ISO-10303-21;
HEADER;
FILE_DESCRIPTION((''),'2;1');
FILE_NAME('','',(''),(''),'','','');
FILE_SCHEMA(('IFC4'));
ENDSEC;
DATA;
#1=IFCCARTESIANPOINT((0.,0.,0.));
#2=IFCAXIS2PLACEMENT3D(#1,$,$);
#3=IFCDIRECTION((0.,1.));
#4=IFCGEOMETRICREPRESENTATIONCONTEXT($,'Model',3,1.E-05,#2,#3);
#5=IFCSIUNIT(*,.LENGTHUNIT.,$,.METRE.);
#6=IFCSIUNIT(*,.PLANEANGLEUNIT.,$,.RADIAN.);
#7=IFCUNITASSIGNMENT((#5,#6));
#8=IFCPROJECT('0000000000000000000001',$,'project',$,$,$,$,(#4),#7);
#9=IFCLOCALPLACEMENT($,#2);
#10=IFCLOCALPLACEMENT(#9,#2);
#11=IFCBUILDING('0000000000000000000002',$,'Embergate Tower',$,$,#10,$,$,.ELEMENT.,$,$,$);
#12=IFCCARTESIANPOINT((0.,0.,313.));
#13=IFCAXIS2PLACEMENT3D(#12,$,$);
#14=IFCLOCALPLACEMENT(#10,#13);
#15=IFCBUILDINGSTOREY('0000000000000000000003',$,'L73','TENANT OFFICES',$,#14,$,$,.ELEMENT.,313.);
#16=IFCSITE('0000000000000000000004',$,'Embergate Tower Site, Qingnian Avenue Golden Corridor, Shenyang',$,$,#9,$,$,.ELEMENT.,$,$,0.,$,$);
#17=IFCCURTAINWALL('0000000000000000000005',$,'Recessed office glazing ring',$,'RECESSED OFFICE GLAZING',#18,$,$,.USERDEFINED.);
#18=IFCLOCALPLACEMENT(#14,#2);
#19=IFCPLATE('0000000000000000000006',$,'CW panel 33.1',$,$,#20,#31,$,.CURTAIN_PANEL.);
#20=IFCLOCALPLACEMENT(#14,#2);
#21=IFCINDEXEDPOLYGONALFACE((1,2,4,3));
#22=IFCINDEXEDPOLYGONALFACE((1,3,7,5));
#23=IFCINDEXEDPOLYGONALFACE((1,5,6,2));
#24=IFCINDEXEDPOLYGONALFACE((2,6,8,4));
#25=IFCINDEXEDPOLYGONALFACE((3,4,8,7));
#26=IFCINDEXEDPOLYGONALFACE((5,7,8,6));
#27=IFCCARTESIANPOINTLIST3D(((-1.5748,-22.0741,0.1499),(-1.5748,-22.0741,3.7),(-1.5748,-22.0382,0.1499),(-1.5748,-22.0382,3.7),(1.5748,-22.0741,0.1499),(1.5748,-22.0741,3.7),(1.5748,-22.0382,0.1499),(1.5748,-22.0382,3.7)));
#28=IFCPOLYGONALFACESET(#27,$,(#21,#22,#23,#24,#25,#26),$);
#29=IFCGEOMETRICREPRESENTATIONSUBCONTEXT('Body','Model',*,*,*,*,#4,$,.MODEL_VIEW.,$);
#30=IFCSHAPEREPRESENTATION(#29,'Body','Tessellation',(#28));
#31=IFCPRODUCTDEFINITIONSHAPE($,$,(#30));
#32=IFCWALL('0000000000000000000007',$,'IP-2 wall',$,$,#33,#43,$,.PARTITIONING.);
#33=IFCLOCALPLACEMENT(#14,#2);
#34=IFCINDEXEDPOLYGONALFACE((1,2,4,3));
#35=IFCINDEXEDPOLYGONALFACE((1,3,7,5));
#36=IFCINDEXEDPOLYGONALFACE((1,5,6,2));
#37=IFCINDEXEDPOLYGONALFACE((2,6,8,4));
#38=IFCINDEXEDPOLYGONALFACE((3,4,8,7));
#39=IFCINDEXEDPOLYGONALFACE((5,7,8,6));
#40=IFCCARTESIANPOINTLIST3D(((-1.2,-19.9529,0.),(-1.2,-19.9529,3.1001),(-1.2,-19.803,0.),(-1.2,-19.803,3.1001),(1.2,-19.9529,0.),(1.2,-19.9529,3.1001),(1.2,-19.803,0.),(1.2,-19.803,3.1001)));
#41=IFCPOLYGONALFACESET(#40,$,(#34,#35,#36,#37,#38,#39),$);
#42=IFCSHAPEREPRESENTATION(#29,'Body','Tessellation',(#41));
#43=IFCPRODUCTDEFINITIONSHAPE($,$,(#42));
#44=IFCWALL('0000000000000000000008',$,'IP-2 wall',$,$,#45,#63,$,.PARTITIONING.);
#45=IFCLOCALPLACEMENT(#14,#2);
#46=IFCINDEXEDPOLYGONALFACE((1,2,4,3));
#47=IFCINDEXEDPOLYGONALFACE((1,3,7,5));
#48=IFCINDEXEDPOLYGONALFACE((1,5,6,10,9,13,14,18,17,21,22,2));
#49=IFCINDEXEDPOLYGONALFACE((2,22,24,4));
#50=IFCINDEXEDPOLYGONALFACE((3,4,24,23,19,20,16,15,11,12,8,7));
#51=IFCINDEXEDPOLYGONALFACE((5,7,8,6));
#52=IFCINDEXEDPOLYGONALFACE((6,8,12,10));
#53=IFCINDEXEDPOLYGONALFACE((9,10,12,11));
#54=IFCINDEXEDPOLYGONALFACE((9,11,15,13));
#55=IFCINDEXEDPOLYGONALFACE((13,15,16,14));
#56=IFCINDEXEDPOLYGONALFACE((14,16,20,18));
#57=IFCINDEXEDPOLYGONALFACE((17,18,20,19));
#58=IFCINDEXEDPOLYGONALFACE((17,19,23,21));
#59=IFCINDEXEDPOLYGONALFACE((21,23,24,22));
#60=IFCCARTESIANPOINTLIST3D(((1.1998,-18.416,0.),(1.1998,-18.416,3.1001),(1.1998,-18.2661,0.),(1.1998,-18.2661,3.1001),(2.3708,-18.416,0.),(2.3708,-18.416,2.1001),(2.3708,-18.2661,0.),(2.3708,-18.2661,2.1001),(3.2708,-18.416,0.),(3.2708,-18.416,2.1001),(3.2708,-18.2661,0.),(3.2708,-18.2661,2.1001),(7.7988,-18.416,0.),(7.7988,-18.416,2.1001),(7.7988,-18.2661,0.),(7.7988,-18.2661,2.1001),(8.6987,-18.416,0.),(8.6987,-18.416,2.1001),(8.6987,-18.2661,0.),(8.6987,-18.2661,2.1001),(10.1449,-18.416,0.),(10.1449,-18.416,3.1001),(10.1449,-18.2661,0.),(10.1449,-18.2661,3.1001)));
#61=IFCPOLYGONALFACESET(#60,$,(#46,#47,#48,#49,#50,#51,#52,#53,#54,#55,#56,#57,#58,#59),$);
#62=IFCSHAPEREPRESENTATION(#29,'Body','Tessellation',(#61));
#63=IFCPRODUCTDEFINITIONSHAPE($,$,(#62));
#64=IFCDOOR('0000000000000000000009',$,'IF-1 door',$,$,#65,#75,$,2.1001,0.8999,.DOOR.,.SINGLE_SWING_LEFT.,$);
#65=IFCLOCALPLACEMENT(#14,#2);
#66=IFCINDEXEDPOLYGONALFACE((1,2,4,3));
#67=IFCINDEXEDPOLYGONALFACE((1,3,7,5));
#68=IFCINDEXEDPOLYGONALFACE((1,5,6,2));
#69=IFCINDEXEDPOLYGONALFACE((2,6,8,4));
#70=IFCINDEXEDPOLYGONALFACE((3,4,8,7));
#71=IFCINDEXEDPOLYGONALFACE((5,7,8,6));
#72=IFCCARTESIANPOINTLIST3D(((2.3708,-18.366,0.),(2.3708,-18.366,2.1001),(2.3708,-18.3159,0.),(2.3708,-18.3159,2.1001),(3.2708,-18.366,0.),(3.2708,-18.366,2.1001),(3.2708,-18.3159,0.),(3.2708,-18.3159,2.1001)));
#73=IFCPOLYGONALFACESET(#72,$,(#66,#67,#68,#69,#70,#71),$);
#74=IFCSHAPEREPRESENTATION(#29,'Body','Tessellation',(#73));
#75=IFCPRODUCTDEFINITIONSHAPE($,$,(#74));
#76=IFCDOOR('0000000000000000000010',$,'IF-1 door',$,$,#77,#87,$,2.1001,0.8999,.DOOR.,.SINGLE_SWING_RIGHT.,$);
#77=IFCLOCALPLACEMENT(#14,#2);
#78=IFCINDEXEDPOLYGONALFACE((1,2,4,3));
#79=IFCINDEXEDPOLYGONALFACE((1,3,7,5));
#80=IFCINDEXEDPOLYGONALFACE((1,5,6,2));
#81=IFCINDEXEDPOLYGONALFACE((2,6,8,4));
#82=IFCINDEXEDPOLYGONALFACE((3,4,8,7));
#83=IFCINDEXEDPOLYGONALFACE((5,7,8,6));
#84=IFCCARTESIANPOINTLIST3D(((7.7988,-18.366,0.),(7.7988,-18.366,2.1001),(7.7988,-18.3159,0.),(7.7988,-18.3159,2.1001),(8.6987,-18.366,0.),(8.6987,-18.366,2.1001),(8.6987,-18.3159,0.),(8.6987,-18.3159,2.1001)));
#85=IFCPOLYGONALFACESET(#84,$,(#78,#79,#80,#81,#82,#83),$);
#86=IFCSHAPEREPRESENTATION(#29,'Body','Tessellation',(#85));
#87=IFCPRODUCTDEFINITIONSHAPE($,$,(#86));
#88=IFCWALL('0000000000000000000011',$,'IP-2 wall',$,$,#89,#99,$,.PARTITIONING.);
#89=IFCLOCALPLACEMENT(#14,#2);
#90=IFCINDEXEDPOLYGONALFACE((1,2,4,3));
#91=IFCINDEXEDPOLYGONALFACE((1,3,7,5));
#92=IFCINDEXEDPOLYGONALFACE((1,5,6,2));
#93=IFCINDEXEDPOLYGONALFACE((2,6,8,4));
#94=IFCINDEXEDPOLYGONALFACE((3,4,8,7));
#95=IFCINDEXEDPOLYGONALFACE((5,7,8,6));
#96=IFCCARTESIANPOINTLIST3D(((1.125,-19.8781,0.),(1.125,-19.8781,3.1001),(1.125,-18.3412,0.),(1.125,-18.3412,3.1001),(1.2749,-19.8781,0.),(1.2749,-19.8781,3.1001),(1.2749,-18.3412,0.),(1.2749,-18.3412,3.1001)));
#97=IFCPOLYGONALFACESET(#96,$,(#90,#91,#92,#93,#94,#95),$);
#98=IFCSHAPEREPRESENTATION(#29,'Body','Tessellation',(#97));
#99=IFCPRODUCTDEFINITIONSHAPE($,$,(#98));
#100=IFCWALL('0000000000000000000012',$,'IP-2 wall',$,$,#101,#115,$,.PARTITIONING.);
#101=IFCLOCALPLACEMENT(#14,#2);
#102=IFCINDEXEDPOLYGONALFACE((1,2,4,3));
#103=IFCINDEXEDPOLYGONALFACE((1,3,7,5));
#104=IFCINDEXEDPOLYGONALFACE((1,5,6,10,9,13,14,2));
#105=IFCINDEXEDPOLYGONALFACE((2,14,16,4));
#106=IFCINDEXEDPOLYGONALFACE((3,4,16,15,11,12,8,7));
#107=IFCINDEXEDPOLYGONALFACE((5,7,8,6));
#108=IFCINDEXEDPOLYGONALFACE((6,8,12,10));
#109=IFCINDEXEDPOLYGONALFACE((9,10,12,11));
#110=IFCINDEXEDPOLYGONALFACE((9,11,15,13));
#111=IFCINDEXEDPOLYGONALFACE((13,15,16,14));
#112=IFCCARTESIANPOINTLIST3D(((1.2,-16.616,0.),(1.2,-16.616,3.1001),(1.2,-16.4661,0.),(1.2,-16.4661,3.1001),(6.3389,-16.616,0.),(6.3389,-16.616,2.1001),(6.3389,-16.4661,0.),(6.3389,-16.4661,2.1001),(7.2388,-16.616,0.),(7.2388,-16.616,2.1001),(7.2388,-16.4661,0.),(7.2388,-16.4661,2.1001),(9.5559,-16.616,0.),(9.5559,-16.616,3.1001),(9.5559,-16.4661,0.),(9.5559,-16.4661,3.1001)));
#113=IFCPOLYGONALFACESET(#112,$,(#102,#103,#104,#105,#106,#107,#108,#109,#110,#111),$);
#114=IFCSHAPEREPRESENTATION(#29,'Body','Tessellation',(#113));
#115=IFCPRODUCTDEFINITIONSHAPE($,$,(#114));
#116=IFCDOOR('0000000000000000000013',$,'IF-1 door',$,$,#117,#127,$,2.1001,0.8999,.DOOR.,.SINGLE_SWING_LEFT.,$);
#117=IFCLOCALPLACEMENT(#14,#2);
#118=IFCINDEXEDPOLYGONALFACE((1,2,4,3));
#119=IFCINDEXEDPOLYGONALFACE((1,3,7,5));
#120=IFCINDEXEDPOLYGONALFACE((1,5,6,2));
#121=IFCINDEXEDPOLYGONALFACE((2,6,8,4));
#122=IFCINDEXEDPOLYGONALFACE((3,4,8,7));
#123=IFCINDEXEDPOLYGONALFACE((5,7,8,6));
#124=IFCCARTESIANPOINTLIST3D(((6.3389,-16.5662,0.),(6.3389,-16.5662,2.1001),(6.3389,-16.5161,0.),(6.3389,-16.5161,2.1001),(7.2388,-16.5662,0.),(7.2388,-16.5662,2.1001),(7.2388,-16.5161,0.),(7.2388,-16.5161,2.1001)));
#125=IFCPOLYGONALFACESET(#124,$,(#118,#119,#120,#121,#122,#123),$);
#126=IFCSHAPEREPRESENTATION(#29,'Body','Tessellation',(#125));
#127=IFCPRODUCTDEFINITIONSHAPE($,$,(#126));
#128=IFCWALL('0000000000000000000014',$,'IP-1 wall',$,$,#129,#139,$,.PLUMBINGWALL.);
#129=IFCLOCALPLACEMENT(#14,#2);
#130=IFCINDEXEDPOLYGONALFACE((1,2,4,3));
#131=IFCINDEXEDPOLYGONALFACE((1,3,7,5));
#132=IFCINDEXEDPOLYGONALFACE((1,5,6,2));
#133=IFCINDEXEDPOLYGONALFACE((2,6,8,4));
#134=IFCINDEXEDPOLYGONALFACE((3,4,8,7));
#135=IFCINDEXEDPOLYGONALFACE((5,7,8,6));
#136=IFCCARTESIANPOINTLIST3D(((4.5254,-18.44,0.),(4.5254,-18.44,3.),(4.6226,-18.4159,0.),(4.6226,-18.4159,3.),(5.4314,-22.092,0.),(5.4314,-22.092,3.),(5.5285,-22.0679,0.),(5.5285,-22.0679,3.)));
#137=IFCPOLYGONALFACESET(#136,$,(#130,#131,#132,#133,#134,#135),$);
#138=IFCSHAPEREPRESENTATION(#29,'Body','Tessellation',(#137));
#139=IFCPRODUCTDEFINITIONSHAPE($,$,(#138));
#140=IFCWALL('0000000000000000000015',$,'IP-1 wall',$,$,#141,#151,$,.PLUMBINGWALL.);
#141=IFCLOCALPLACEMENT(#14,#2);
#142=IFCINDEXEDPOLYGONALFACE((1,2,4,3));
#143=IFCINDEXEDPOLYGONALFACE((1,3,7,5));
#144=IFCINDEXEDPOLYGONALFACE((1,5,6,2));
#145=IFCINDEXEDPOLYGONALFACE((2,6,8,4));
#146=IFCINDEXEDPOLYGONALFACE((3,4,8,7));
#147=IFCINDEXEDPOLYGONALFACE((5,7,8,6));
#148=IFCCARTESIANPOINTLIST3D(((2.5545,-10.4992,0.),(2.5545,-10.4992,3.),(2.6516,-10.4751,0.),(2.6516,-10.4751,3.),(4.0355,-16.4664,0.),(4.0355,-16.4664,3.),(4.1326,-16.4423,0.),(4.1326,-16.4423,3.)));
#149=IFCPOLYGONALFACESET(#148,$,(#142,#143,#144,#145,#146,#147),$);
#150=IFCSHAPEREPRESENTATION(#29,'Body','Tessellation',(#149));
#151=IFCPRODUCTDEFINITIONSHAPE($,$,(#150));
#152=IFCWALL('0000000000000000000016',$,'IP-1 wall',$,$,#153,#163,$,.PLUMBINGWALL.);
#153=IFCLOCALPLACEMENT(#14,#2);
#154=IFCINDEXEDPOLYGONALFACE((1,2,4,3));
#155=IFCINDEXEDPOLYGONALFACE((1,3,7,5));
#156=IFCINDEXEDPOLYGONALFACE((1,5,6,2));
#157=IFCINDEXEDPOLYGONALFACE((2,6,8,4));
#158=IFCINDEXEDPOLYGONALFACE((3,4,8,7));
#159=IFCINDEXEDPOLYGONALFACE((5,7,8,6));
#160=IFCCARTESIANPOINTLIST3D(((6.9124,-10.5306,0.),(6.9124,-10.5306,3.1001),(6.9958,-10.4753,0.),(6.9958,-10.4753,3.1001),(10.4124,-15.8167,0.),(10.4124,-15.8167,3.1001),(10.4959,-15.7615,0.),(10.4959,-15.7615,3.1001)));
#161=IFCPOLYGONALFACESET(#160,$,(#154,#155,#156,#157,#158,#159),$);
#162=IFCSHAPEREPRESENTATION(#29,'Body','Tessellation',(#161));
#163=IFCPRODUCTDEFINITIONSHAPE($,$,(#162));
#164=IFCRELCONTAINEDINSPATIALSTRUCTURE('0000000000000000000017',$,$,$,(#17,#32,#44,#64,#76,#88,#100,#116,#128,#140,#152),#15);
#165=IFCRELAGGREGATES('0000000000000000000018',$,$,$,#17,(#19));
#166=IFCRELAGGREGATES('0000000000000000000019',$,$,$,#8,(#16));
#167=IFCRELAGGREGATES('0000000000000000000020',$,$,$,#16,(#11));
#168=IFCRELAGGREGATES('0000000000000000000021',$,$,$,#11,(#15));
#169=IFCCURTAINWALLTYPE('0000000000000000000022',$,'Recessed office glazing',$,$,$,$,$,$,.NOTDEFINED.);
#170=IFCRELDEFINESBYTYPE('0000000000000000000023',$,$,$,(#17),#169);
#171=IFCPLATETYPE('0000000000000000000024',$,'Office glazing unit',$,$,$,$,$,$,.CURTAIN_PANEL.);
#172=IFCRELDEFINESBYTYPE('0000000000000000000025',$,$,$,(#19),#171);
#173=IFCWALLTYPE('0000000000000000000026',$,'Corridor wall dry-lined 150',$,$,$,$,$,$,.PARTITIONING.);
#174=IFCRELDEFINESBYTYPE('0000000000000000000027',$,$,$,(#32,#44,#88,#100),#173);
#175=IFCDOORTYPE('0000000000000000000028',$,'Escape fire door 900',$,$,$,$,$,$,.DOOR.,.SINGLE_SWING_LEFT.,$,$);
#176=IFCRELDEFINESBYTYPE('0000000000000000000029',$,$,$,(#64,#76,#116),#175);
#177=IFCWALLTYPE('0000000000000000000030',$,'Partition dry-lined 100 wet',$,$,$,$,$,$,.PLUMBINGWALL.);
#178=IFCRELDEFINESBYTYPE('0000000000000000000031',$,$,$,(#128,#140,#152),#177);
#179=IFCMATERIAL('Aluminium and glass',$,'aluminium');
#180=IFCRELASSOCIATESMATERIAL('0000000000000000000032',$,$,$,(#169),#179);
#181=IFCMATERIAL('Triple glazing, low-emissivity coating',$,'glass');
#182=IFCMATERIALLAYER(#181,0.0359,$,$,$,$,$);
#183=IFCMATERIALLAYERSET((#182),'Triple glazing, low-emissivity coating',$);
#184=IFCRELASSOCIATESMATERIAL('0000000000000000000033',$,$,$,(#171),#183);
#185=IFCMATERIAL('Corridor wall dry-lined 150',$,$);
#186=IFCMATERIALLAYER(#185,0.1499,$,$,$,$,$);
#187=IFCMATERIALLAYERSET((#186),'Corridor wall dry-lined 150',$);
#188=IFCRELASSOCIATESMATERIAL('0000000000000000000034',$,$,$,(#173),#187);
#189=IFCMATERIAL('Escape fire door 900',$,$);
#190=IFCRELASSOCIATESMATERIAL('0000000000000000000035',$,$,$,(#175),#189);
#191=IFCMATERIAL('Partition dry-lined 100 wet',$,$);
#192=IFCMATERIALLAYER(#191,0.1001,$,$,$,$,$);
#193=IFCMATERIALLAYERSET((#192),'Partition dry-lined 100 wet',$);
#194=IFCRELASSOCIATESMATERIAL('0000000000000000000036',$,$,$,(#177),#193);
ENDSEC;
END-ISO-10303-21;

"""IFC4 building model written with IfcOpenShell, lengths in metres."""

from ifc_helpers import new_model, si_unit, direction, frame, frame_2d, origin, origin_2d, place, context, subcontext, project, spatial, rectangle, extrude, source, transform, mapped, material, layer, layer_set, type_object, element, fill, aggregate, save


model = new_model("IFC4")

# Units and contexts
model_context = context("Model", 3, precision=1e-05, world=origin(), true_north=direction((0.0, 1.0)))
body_context = subcontext(model_context, "Body", "Model", "MODEL_VIEW")
ifc_project = project(units=[si_unit("LENGTHUNIT", "METRE"), si_unit("PLANEANGLEUNIT", "RADIAN")], contexts=[model_context])

# Site, building, storey
site_placement = place(None, origin())
site = spatial("IfcSite", under=ifc_project, at=site_placement, Name="Embergate Tower Site, Qingnian Avenue Golden Corridor, Shenyang", CompositionType="ELEMENT", RefElevation=0.0)
building_placement = place(site_placement, origin())
building = spatial("IfcBuilding", under=site, at=building_placement, Name="Embergate Tower", CompositionType="ELEMENT")
storey_placement = place(building_placement, frame((0.0, 0.0, 313.0)))
storey = spatial("IfcBuildingStorey", under=building, at=storey_placement, Name="L73", Description="TENANT OFFICES", CompositionType="ELEMENT", Elevation=313.0)

# Curtain wall
ifc_material_1 = material(Name="Aluminium and glass", Category="aluminium")
curtain_wall_type = type_object("IfcCurtainWallType", Name="Recessed office glazing", PredefinedType="NOTDEFINED", material=ifc_material_1)
curtain_wall_placement = place(storey_placement, origin())
curtain_wall = element("IfcCurtainWall", 1, at=curtain_wall_placement, inside=storey, type_object=curtain_wall_type, Name="Recessed office glazing ring", ObjectType="RECESSED OFFICE GLAZING", PredefinedType="USERDEFINED")

# Plate
ifc_material_2 = material(Name="Triple glazing, low-emissivity coating", Category="glass")
ifc_layer_1 = layer(ifc_material_2, 0.0359)
ifc_layer_set_1 = layer_set([ifc_layer_1], Name="Triple glazing, low-emissivity coating")
plate_type = type_object("IfcPlateType", Name="Office glazing unit", PredefinedType="CURTAIN_PANEL", material=ifc_layer_set_1)
shared_shape_1 = source(origin(), body_context, "Body", "SweptSolid", [
    extrude(rectangle(XDim=3.1497, YDim=0.0359, at=origin_2d()), origin(), (0.0, 0.0, 1.0), 3.55),
])
plate_1_placement = place(storey_placement, frame((0.0, -22.0562, 0.1499), z_axis=(0.0, 0.0, 1.0), x_axis=(1.0, 0.0, 0.0)))
plate_1 = element("IfcPlate", 2, at=plate_1_placement, type_object=plate_type, Name="CW panel 33.1", PredefinedType="CURTAIN_PANEL", context=body_context, shape_type="MappedRepresentation", body=[
    mapped(shared_shape_1, transform((0.0, 0.0, 0.0))),
])
aggregate(curtain_wall, [plate_1])

# Wall
ifc_material_3 = material(Name="Corridor wall dry-lined 150")
ifc_layer_2 = layer(ifc_material_3, 0.1499)
ifc_layer_set_2 = layer_set([ifc_layer_2], Name="Corridor wall dry-lined 150")
wall_type_1 = type_object("IfcWallType", Name="Corridor wall dry-lined 150", PredefinedType="PARTITIONING", material=ifc_layer_set_2)
shared_shape_2 = source(origin(), body_context, "Body", "SweptSolid", [
    extrude(rectangle(XDim=2.3999, YDim=0.1499, at=frame_2d((1.2, 0.0))), origin(), (0.0, 0.0, 1.0), 3.1001),
])
wall_1_placement = place(storey_placement, frame((1.2, -19.8779, 0.0), z_axis=(0.0, 0.0, 1.0), x_axis=(-1.0, 0.0, 0.0)))
element("IfcWall", 3, at=wall_1_placement, inside=storey, type_object=wall_type_1, Name="IP-2 wall", PredefinedType="PARTITIONING", context=body_context, shape_type="MappedRepresentation", body=[
    mapped(shared_shape_2, transform((0.0, 0.0, 0.0))),
])

# Wall, openings, doors
shared_shape_3 = source(origin(), body_context, "Body", "SweptSolid", [
    extrude(rectangle(XDim=8.9451, YDim=0.1499, at=frame_2d((4.4727, 0.0))), origin(), (0.0, 0.0, 1.0), 3.1001),
])
wall_2_placement = place(storey_placement, frame((10.145, -18.3411, 0.0), z_axis=(0.0, 0.0, 1.0), x_axis=(-1.0, 0.0, 0.0)))
wall_2 = element("IfcWall", 4, at=wall_2_placement, inside=storey, type_object=wall_type_1, Name="IP-2 wall", PredefinedType="PARTITIONING", context=body_context, shape_type="MappedRepresentation", body=[
    mapped(shared_shape_3, transform((0.0, 0.0, 0.0))),
])
shared_shape_4 = source(origin(), body_context, "Body", "SweptSolid", [
    extrude(rectangle(XDim=0.8999, YDim=2.1001, at=frame_2d((0.45, 1.05))), frame((0.0, 0.085, 0.0), z_axis=(0.0, -1.0, 0.0), x_axis=(1.0, 0.0, 0.0)), (0.0, 0.0, 1.0), 0.1699),
])
opening_1_placement = place(wall_2_placement, frame((6.8743, 0.0, 0.0)))
opening_1 = element("IfcOpeningElement", 5, at=opening_1_placement, cuts=wall_2, PredefinedType="OPENING", context=body_context, shape_type="MappedRepresentation", body=[
    mapped(shared_shape_4, transform((0.0, 0.0, 0.0))),
])
opening_2_placement = place(wall_2_placement, frame((1.4463, 0.0, 0.0)))
opening_2 = element("IfcOpeningElement", 6, at=opening_2_placement, cuts=wall_2, PredefinedType="OPENING", context=body_context, shape_type="MappedRepresentation", body=[
    mapped(shared_shape_4, transform((0.0, 0.0, 0.0))),
])
ifc_material_4 = material(Name="Escape fire door 900")
door_type = type_object("IfcDoorType", Name="Escape fire door 900", OperationType="SINGLE_SWING_LEFT", PredefinedType="DOOR", material=ifc_material_4)
shared_shape_5 = source(origin(), body_context, "Body", "SweptSolid", [
    extrude(rectangle(XDim=0.8999, YDim=2.1001, at=frame_2d((0.45, 1.05))), frame((0.0, 0.0249, 0.0), z_axis=(0.0, -1.0, 0.0), x_axis=(1.0, 0.0, 0.0)), (0.0, 0.0, 1.0), 0.05),
])
door_1_placement = place(opening_1_placement, origin())
door_1 = element("IfcDoor", 7, at=door_1_placement, inside=storey, type_object=door_type, Name="IF-1 door", OperationType="SINGLE_SWING_LEFT", OverallHeight=2.1001, OverallWidth=0.8999, PredefinedType="DOOR", context=body_context, shape_type="MappedRepresentation", body=[
    mapped(shared_shape_5, transform((0.0, 0.0, 0.0))),
])
fill(opening_1, door_1)
door_2_placement = place(opening_2_placement, origin())
door_2 = element("IfcDoor", 8, at=door_2_placement, inside=storey, type_object=door_type, Name="IF-1 door", OperationType="SINGLE_SWING_RIGHT", OverallHeight=2.1001, OverallWidth=0.8999, PredefinedType="DOOR", context=body_context, shape_type="MappedRepresentation", body=[
    mapped(shared_shape_5, transform((0.0, 0.0, 0.0))),
])
fill(opening_2, door_2)

# Wall
shared_shape_6 = source(origin(), body_context, "Body", "SweptSolid", [
    extrude(rectangle(XDim=1.5369, YDim=0.1499, at=frame_2d((0.7686, 0.0))), origin(), (0.0, 0.0, 1.0), 3.1001),
])
wall_3_placement = place(storey_placement, frame((1.2, -18.3411, 0.0), z_axis=(0.0, 0.0, 1.0), x_axis=(0.0, -1.0, 0.0)))
element("IfcWall", 9, at=wall_3_placement, inside=storey, type_object=wall_type_1, Name="IP-2 wall", PredefinedType="PARTITIONING", context=body_context, shape_type="MappedRepresentation", body=[
    mapped(shared_shape_6, transform((0.0, 0.0, 0.0))),
])

# Wall, opening, door
shared_shape_7 = source(origin(), body_context, "Body", "SweptSolid", [
    extrude(rectangle(XDim=8.356, YDim=0.1499, at=frame_2d((4.178, 0.0))), origin(), (0.0, 0.0, 1.0), 3.1001),
])
wall_4_placement = place(storey_placement, frame((1.2, -16.541, 0.0), z_axis=(0.0, 0.0, 1.0), x_axis=(1.0, 0.0, 0.0)))
wall_4 = element("IfcWall", 10, at=wall_4_placement, inside=storey, type_object=wall_type_1, Name="IP-2 wall", PredefinedType="PARTITIONING", context=body_context, shape_type="MappedRepresentation", body=[
    mapped(shared_shape_7, transform((0.0, 0.0, 0.0))),
])
opening_3_placement = place(wall_4_placement, frame((5.1389, 0.0, 0.0)))
opening_3 = element("IfcOpeningElement", 11, at=opening_3_placement, cuts=wall_4, PredefinedType="OPENING", context=body_context, shape_type="MappedRepresentation", body=[
    mapped(shared_shape_4, transform((0.0, 0.0, 0.0))),
])
door_3_placement = place(opening_3_placement, origin())
door_3 = element("IfcDoor", 12, at=door_3_placement, inside=storey, type_object=door_type, Name="IF-1 door", OperationType="SINGLE_SWING_LEFT", OverallHeight=2.1001, OverallWidth=0.8999, PredefinedType="DOOR", context=body_context, shape_type="MappedRepresentation", body=[
    mapped(shared_shape_5, transform((0.0, 0.0, 0.0))),
])
fill(opening_3, door_3)

# Walls
ifc_material_5 = material(Name="Partition dry-lined 100 wet")
ifc_layer_3 = layer(ifc_material_5, 0.1001)
ifc_layer_set_3 = layer_set([ifc_layer_3], Name="Partition dry-lined 100 wet")
wall_type_2 = type_object("IfcWallType", Name="Partition dry-lined 100 wet", PredefinedType="PLUMBINGWALL", material=ifc_layer_set_3)
shared_shape_8 = source(origin(), body_context, "Body", "SweptSolid", [
    extrude(rectangle(XDim=3.7627, YDim=0.1001, at=frame_2d((1.8813, 0.0))), origin(), (0.0, 0.0, 1.0), 3.0),
])
wall_5_placement = place(storey_placement, frame((4.574, -18.428, 0.0), z_axis=(0.0, 0.0, 1.0), x_axis=(0.24078, -0.97058, 0.0)))
element("IfcWall", 13, at=wall_5_placement, inside=storey, type_object=wall_type_2, Name="IP-1 wall", PredefinedType="PLUMBINGWALL", context=body_context, shape_type="MappedRepresentation", body=[
    mapped(shared_shape_8, transform((0.0, 0.0, 0.0))),
])
shared_shape_9 = source(origin(), body_context, "Body", "SweptSolid", [
    extrude(rectangle(XDim=6.1482, YDim=0.1001, at=frame_2d((3.0742, 0.0))), origin(), (0.0, 0.0, 1.0), 3.0),
])
wall_6_placement = place(storey_placement, frame((2.603, -10.4871, 0.0), z_axis=(0.0, 0.0, 1.0), x_axis=(0.240881, -0.970555, 0.0)))
element("IfcWall", 14, at=wall_6_placement, inside=storey, type_object=wall_type_2, Name="IP-1 wall", PredefinedType="PLUMBINGWALL", context=body_context, shape_type="MappedRepresentation", body=[
    mapped(shared_shape_9, transform((0.0, 0.0, 0.0))),
])
shared_shape_10 = source(origin(), body_context, "Body", "SweptSolid", [
    extrude(rectangle(XDim=6.3398, YDim=0.1001, at=frame_2d((3.1699, 0.0))), origin(), (0.0, 0.0, 1.0), 3.1001),
])
wall_7_placement = place(storey_placement, frame((6.9541, -10.5029, 0.0), z_axis=(0.0, 0.0, 1.0), x_axis=(0.552067, -0.8338, 0.0)))
element("IfcWall", 15, at=wall_7_placement, inside=storey, type_object=wall_type_2, Name="IP-1 wall", PredefinedType="PLUMBINGWALL", context=body_context, shape_type="MappedRepresentation", body=[
    mapped(shared_shape_10, transform((0.0, 0.0, 0.0))),
])

save(model, "model.ifc")
